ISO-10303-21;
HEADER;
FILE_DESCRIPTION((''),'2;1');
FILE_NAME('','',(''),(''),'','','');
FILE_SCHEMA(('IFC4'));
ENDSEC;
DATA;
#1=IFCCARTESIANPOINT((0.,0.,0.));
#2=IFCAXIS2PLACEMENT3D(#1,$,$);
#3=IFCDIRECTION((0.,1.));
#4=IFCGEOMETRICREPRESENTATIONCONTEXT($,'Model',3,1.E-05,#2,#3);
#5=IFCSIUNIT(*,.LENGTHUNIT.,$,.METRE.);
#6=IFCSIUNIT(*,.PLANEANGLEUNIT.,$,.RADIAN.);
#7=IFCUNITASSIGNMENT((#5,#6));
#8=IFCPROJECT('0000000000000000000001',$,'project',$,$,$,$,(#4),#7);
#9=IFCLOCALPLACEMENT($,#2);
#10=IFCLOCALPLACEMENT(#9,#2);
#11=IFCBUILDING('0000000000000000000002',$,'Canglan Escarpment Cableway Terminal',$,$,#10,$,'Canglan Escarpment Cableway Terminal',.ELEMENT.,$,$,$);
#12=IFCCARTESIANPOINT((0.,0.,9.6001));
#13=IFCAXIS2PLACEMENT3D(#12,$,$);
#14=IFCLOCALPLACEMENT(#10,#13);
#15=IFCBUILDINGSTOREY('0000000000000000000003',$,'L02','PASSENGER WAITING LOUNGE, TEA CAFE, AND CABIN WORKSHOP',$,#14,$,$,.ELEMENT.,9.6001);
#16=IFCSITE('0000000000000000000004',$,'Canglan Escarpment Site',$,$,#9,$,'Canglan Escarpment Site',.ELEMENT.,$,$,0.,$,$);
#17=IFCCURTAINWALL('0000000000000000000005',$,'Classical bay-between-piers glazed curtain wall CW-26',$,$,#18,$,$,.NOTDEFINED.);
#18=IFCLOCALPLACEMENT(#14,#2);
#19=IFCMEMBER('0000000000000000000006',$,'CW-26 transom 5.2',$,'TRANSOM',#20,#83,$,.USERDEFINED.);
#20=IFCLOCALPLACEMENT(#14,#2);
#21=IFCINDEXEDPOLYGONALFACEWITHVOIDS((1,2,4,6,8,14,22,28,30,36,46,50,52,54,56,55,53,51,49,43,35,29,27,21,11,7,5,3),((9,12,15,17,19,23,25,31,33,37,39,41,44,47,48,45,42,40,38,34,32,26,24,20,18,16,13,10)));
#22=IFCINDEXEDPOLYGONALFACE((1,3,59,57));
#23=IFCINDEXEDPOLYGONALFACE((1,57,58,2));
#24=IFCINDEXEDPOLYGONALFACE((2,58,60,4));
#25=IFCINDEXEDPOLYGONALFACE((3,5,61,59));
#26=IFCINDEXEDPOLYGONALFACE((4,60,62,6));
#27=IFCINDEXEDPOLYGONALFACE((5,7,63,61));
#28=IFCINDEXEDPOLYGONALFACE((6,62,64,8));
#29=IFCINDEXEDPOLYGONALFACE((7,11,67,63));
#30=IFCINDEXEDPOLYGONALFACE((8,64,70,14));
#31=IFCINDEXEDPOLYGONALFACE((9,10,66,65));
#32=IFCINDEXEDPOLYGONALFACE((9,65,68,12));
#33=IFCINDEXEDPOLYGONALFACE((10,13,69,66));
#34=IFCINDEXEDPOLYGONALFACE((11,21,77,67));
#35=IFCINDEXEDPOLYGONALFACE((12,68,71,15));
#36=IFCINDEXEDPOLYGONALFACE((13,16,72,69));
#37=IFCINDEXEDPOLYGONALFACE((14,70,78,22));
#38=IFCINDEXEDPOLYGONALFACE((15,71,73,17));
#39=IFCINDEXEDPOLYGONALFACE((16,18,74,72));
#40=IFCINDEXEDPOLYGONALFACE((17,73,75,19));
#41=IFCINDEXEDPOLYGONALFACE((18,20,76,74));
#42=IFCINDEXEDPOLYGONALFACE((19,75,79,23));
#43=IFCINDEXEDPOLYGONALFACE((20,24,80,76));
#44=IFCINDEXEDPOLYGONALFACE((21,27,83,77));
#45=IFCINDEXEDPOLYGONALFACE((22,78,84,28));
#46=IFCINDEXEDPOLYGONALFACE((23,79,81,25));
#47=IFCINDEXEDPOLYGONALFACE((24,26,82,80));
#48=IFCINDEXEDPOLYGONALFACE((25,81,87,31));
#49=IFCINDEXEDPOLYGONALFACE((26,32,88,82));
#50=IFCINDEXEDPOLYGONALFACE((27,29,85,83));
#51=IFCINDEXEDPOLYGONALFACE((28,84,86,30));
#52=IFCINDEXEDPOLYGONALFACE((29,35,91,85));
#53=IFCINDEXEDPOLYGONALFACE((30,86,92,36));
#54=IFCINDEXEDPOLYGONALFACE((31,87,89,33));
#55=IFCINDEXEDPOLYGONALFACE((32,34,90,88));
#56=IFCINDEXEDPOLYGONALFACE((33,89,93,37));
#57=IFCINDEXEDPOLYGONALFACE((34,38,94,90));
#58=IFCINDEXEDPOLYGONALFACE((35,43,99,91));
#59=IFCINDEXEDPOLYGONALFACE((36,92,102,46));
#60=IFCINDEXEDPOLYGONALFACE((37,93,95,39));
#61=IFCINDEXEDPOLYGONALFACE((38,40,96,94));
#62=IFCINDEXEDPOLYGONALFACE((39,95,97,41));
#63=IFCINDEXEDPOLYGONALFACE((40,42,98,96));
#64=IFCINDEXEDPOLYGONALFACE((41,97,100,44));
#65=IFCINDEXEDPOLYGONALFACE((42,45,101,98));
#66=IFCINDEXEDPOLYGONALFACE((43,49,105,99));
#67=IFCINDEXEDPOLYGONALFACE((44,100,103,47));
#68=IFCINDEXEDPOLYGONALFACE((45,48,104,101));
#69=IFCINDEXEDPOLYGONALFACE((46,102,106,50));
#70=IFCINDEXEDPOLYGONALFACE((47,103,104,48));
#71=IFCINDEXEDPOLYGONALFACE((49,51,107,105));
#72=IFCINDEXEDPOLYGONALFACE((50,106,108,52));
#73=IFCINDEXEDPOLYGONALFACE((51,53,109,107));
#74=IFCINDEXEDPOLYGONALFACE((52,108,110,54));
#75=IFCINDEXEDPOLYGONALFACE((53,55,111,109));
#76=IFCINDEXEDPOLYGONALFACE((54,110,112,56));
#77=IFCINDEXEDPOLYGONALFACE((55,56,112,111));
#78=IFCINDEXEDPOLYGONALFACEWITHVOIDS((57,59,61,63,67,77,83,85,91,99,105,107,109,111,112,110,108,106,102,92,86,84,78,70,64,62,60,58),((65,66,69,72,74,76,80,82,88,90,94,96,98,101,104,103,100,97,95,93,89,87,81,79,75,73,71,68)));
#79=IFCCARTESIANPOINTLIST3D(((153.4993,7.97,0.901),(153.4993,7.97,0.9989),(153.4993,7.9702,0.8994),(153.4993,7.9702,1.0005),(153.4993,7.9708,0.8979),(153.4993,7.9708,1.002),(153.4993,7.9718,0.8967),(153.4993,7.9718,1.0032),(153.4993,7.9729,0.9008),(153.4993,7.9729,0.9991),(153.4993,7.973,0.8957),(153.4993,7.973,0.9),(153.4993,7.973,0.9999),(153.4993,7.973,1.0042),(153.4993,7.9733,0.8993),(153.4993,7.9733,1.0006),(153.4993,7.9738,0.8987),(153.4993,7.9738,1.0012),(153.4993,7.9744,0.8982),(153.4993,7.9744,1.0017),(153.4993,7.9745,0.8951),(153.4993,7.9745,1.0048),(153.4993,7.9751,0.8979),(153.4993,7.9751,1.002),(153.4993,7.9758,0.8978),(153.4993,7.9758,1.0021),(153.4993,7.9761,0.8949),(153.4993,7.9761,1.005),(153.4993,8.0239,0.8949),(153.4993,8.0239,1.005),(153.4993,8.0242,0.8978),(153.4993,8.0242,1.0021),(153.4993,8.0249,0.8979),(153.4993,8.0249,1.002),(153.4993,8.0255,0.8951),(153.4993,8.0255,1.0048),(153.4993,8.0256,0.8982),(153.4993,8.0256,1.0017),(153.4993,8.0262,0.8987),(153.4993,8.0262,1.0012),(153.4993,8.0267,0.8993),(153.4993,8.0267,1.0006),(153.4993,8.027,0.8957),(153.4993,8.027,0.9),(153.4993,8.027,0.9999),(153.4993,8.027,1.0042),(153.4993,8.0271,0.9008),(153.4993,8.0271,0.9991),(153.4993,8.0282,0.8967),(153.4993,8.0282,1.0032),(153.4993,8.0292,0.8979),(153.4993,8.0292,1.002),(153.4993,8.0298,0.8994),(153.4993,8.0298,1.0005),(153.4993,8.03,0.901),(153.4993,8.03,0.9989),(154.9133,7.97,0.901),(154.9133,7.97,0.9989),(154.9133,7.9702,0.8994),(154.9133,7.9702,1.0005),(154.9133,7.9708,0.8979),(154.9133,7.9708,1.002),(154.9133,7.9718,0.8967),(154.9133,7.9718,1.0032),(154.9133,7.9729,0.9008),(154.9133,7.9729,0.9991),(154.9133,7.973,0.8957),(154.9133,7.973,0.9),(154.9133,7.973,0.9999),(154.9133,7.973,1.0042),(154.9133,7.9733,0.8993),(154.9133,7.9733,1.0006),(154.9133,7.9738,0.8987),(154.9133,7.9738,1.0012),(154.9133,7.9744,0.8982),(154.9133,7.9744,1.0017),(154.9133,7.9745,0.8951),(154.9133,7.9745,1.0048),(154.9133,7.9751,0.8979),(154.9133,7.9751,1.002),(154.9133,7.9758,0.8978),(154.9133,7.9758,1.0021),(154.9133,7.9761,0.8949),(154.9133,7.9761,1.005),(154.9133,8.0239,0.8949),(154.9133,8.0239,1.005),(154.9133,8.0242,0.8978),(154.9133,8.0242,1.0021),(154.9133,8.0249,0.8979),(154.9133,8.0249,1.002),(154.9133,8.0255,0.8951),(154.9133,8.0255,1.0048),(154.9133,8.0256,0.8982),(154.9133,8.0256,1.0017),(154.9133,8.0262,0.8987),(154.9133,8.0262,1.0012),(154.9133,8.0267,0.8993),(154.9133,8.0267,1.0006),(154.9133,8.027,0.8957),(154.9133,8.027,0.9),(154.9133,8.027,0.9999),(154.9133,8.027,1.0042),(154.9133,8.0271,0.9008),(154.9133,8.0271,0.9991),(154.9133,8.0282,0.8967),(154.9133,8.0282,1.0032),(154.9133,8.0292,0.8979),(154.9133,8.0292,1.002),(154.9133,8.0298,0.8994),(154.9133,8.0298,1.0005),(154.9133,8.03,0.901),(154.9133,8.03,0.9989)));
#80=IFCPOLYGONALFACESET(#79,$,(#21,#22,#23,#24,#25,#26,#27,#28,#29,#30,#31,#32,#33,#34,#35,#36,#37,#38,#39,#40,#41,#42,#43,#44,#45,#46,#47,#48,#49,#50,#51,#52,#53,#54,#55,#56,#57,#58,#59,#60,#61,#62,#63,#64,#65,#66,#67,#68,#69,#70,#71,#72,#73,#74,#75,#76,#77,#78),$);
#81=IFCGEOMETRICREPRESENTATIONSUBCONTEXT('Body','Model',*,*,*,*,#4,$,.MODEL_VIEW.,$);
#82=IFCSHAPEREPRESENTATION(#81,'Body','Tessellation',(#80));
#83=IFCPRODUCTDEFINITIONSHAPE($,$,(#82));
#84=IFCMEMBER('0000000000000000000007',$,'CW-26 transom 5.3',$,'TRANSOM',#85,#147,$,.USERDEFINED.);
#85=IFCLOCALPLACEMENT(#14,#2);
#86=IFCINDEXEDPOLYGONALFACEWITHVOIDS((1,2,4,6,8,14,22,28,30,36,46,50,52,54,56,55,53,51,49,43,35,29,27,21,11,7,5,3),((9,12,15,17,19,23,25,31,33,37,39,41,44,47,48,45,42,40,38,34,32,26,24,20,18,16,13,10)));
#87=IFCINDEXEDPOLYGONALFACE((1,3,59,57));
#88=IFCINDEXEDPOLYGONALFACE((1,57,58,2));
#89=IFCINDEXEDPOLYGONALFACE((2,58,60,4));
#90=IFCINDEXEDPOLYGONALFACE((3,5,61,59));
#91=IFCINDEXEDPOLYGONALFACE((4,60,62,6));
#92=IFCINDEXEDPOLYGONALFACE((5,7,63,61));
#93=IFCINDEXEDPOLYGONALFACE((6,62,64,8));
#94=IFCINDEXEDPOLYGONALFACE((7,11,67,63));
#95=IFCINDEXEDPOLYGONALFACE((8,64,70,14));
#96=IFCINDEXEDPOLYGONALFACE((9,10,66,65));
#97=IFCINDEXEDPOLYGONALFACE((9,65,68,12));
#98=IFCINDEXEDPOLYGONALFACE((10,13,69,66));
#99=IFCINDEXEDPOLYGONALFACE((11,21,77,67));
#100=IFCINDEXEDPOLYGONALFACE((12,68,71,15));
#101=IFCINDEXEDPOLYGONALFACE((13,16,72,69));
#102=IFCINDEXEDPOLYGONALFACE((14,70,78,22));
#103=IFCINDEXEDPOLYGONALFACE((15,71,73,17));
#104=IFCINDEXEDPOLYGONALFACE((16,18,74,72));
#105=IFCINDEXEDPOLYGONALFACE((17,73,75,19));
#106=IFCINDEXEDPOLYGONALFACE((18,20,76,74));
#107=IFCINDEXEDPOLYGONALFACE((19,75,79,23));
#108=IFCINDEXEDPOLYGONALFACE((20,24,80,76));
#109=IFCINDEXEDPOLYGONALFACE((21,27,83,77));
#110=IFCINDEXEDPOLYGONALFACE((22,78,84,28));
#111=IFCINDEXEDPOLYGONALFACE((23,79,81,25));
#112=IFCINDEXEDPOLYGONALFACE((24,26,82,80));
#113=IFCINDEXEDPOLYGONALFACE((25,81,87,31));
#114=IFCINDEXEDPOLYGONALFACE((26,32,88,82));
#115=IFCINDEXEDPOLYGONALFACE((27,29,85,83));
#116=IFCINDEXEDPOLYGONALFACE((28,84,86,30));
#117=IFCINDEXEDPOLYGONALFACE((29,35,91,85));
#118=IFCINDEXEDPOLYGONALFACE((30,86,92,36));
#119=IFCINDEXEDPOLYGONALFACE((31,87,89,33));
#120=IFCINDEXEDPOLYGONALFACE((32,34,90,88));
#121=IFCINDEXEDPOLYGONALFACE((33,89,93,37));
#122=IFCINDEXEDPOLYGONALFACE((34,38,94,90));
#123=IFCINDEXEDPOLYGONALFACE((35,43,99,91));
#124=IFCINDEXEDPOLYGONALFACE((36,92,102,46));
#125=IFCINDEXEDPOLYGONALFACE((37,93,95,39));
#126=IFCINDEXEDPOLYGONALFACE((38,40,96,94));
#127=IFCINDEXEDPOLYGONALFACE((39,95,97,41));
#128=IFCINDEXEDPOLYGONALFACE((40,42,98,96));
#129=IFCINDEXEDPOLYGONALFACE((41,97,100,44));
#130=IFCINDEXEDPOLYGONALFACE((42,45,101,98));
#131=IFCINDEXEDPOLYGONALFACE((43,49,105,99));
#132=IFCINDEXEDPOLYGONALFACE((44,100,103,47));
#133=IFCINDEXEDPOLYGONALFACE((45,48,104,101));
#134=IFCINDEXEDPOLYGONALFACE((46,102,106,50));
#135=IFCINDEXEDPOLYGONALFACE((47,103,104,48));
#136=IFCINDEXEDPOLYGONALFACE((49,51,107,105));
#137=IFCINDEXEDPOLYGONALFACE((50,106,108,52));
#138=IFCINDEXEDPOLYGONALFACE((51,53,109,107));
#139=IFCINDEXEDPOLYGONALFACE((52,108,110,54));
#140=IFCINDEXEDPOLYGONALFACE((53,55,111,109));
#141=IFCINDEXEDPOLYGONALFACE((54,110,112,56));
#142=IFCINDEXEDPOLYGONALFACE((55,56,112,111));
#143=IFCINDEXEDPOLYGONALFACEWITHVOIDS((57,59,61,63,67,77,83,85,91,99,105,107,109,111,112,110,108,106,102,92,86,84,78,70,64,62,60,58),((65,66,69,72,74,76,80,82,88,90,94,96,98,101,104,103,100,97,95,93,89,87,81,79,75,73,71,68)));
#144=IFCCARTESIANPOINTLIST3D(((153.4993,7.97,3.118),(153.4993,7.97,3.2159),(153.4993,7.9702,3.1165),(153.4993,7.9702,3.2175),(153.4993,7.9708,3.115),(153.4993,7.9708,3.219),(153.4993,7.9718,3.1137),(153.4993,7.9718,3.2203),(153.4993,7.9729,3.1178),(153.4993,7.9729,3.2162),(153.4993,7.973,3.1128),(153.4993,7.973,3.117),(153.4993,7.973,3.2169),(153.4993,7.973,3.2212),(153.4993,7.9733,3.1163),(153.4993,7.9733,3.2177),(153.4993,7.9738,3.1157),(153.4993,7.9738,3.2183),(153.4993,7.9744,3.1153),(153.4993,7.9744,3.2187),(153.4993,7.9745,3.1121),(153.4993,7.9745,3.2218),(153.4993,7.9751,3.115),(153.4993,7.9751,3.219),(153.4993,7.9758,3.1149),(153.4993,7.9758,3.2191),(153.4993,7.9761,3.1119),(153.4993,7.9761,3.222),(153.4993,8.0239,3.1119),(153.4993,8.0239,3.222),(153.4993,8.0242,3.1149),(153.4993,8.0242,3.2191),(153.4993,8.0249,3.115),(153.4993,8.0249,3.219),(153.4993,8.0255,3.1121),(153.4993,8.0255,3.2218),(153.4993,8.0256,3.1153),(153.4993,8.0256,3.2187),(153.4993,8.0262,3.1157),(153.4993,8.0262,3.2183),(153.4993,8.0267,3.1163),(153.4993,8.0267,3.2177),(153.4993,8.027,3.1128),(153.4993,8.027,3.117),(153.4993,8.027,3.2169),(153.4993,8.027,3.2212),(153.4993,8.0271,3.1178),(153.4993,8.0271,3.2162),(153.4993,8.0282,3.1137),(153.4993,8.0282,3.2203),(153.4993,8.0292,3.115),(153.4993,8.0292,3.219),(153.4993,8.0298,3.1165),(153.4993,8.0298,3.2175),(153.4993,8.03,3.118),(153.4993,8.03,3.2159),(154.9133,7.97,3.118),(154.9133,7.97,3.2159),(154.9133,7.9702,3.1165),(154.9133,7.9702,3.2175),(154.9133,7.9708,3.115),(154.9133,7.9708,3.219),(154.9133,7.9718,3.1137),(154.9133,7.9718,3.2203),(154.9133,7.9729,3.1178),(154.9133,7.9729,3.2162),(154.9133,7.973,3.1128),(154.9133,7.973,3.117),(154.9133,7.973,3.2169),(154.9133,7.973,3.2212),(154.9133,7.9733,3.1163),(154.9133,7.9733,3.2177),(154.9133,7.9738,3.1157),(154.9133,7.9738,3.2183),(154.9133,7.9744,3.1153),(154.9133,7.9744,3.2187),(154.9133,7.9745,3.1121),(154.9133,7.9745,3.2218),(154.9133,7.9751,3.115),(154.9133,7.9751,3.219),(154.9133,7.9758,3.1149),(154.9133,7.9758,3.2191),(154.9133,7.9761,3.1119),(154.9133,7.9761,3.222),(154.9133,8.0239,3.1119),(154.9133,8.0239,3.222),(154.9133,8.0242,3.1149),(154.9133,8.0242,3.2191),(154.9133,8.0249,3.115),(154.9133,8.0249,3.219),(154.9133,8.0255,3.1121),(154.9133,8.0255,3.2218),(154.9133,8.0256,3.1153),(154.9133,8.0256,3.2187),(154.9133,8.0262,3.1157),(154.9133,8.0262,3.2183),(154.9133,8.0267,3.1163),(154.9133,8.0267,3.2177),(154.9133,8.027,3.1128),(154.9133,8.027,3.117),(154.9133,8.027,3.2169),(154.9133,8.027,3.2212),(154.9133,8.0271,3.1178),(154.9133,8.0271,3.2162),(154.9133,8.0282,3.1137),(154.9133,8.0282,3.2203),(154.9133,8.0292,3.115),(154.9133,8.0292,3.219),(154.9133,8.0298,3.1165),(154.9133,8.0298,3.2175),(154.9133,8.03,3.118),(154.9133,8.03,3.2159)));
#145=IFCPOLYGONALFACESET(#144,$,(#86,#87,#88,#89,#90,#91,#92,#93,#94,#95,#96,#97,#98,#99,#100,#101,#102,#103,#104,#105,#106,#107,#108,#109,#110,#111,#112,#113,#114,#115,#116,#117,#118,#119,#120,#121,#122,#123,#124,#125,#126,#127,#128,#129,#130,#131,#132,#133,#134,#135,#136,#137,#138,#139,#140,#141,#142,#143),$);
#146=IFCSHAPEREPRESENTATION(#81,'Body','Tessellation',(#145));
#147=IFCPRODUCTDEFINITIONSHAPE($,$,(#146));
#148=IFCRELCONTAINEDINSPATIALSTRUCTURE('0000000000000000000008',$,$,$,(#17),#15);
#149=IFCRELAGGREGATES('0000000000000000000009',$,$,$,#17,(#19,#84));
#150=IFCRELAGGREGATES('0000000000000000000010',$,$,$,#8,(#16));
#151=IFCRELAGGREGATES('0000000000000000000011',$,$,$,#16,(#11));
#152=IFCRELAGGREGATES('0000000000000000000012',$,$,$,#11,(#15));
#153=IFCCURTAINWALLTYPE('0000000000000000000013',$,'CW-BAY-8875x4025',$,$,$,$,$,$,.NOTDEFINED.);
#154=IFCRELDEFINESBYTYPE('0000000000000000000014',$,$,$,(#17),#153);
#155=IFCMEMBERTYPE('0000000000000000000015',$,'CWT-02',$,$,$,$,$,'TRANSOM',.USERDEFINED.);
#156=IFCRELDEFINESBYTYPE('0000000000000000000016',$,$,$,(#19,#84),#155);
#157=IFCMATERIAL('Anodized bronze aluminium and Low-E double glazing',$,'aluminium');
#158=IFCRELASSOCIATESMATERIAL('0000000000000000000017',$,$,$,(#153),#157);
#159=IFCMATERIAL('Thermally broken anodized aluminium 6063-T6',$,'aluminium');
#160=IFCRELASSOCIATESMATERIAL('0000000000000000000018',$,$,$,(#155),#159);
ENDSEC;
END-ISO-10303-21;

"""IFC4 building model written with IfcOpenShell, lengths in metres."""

from ifc_helpers import new_model, si_unit, direction, frame, origin, origin_2d, place, context, subcontext, project, spatial, hollow_rectangle, extrude, material, material_profile, profile_set, type_object, element, aggregate, save


model = new_model("IFC4")

# Units and contexts
model_context = context("Model", 3, precision=1e-05, world=origin(), true_north=direction((0.0, 1.0)))
body_context = subcontext(model_context, "Body", "Model", "MODEL_VIEW")
ifc_project = project(units=[si_unit("LENGTHUNIT", "METRE"), si_unit("PLANEANGLEUNIT", "RADIAN")], contexts=[model_context])

# Site, building, storey
site_placement = place(None, origin())
site = spatial("IfcSite", under=ifc_project, at=site_placement, Name="Canglan Escarpment Site", LongName="Canglan Escarpment Site", CompositionType="ELEMENT", RefElevation=0.0)
building_placement = place(site_placement, origin())
building = spatial("IfcBuilding", under=site, at=building_placement, Name="Canglan Escarpment Cableway Terminal", LongName="Canglan Escarpment Cableway Terminal", CompositionType="ELEMENT")
storey_placement = place(building_placement, frame((0.0, 0.0, 9.6001)))
storey = spatial("IfcBuildingStorey", under=building, at=storey_placement, Name="L02", Description="PASSENGER WAITING LOUNGE, TEA CAFE, AND CABIN WORKSHOP", CompositionType="ELEMENT", Elevation=9.6001)

# Curtain wall, members
ifc_material_1 = material(Name="Anodized bronze aluminium and Low-E double glazing", Category="aluminium")
curtain_wall_type = type_object("IfcCurtainWallType", Name="CW-BAY-8875x4025", PredefinedType="NOTDEFINED", material=ifc_material_1)
curtain_wall_placement = place(storey_placement, origin())
curtain_wall = element("IfcCurtainWall", 1, at=curtain_wall_placement, inside=storey, type_object=curtain_wall_type, Name="Classical bay-between-piers glazed curtain wall CW-26", PredefinedType="NOTDEFINED")
ifc_material_2 = material(Name="Thermally broken anodized aluminium 6063-T6", Category="aluminium")
ifc_material_profile_1 = material_profile(ifc_material_2, hollow_rectangle(XDim=0.0601, YDim=0.1101, WallThickness=0.0029, InnerFilletRadius=0.0029, OuterFilletRadius=0.0061, at=origin_2d()), Name="ALU-TRAN 60x110x3")
ifc_profile_set_1 = profile_set([ifc_material_profile_1], Name="Thermally broken anodized aluminium 6063-T6")
member_type_1 = type_object("IfcMemberType", Name="CWT-02", ElementType="TRANSOM", PredefinedType="USERDEFINED", material=ifc_profile_set_1)
member_1_placement = place(storey_placement, frame((153.4993, 8.0, 0.95), z_axis=(1.0, 0.0, 0.0), x_axis=(0.0, 1.0, 0.0)))
member_1 = element("IfcMember", 2, at=member_1_placement, type_object=member_type_1, Name="CW-26 transom 5.2", ObjectType="TRANSOM", PredefinedType="USERDEFINED", context=body_context, shape_type="SweptSolid", body=[
    extrude(hollow_rectangle(XDim=0.0601, YDim=0.1101, WallThickness=0.0029, InnerFilletRadius=0.0029, OuterFilletRadius=0.0061, at=origin_2d()), origin(), (0.0, 0.0, 1.0), 1.4141),
])
member_2_placement = place(storey_placement, frame((153.4993, 8.0, 3.167), z_axis=(1.0, 0.0, 0.0), x_axis=(0.0, 1.0, 0.0)))
member_2 = element("IfcMember", 3, at=member_2_placement, type_object=member_type_1, Name="CW-26 transom 5.3", ObjectType="TRANSOM", PredefinedType="USERDEFINED", context=body_context, shape_type="SweptSolid", body=[
    extrude(hollow_rectangle(XDim=0.0601, YDim=0.1101, WallThickness=0.0029, InnerFilletRadius=0.0029, OuterFilletRadius=0.0061, at=origin_2d()), origin(), (0.0, 0.0, 1.0), 1.4141),
])
aggregate(curtain_wall, [member_1, member_2])

save(model, "model.ifc")
